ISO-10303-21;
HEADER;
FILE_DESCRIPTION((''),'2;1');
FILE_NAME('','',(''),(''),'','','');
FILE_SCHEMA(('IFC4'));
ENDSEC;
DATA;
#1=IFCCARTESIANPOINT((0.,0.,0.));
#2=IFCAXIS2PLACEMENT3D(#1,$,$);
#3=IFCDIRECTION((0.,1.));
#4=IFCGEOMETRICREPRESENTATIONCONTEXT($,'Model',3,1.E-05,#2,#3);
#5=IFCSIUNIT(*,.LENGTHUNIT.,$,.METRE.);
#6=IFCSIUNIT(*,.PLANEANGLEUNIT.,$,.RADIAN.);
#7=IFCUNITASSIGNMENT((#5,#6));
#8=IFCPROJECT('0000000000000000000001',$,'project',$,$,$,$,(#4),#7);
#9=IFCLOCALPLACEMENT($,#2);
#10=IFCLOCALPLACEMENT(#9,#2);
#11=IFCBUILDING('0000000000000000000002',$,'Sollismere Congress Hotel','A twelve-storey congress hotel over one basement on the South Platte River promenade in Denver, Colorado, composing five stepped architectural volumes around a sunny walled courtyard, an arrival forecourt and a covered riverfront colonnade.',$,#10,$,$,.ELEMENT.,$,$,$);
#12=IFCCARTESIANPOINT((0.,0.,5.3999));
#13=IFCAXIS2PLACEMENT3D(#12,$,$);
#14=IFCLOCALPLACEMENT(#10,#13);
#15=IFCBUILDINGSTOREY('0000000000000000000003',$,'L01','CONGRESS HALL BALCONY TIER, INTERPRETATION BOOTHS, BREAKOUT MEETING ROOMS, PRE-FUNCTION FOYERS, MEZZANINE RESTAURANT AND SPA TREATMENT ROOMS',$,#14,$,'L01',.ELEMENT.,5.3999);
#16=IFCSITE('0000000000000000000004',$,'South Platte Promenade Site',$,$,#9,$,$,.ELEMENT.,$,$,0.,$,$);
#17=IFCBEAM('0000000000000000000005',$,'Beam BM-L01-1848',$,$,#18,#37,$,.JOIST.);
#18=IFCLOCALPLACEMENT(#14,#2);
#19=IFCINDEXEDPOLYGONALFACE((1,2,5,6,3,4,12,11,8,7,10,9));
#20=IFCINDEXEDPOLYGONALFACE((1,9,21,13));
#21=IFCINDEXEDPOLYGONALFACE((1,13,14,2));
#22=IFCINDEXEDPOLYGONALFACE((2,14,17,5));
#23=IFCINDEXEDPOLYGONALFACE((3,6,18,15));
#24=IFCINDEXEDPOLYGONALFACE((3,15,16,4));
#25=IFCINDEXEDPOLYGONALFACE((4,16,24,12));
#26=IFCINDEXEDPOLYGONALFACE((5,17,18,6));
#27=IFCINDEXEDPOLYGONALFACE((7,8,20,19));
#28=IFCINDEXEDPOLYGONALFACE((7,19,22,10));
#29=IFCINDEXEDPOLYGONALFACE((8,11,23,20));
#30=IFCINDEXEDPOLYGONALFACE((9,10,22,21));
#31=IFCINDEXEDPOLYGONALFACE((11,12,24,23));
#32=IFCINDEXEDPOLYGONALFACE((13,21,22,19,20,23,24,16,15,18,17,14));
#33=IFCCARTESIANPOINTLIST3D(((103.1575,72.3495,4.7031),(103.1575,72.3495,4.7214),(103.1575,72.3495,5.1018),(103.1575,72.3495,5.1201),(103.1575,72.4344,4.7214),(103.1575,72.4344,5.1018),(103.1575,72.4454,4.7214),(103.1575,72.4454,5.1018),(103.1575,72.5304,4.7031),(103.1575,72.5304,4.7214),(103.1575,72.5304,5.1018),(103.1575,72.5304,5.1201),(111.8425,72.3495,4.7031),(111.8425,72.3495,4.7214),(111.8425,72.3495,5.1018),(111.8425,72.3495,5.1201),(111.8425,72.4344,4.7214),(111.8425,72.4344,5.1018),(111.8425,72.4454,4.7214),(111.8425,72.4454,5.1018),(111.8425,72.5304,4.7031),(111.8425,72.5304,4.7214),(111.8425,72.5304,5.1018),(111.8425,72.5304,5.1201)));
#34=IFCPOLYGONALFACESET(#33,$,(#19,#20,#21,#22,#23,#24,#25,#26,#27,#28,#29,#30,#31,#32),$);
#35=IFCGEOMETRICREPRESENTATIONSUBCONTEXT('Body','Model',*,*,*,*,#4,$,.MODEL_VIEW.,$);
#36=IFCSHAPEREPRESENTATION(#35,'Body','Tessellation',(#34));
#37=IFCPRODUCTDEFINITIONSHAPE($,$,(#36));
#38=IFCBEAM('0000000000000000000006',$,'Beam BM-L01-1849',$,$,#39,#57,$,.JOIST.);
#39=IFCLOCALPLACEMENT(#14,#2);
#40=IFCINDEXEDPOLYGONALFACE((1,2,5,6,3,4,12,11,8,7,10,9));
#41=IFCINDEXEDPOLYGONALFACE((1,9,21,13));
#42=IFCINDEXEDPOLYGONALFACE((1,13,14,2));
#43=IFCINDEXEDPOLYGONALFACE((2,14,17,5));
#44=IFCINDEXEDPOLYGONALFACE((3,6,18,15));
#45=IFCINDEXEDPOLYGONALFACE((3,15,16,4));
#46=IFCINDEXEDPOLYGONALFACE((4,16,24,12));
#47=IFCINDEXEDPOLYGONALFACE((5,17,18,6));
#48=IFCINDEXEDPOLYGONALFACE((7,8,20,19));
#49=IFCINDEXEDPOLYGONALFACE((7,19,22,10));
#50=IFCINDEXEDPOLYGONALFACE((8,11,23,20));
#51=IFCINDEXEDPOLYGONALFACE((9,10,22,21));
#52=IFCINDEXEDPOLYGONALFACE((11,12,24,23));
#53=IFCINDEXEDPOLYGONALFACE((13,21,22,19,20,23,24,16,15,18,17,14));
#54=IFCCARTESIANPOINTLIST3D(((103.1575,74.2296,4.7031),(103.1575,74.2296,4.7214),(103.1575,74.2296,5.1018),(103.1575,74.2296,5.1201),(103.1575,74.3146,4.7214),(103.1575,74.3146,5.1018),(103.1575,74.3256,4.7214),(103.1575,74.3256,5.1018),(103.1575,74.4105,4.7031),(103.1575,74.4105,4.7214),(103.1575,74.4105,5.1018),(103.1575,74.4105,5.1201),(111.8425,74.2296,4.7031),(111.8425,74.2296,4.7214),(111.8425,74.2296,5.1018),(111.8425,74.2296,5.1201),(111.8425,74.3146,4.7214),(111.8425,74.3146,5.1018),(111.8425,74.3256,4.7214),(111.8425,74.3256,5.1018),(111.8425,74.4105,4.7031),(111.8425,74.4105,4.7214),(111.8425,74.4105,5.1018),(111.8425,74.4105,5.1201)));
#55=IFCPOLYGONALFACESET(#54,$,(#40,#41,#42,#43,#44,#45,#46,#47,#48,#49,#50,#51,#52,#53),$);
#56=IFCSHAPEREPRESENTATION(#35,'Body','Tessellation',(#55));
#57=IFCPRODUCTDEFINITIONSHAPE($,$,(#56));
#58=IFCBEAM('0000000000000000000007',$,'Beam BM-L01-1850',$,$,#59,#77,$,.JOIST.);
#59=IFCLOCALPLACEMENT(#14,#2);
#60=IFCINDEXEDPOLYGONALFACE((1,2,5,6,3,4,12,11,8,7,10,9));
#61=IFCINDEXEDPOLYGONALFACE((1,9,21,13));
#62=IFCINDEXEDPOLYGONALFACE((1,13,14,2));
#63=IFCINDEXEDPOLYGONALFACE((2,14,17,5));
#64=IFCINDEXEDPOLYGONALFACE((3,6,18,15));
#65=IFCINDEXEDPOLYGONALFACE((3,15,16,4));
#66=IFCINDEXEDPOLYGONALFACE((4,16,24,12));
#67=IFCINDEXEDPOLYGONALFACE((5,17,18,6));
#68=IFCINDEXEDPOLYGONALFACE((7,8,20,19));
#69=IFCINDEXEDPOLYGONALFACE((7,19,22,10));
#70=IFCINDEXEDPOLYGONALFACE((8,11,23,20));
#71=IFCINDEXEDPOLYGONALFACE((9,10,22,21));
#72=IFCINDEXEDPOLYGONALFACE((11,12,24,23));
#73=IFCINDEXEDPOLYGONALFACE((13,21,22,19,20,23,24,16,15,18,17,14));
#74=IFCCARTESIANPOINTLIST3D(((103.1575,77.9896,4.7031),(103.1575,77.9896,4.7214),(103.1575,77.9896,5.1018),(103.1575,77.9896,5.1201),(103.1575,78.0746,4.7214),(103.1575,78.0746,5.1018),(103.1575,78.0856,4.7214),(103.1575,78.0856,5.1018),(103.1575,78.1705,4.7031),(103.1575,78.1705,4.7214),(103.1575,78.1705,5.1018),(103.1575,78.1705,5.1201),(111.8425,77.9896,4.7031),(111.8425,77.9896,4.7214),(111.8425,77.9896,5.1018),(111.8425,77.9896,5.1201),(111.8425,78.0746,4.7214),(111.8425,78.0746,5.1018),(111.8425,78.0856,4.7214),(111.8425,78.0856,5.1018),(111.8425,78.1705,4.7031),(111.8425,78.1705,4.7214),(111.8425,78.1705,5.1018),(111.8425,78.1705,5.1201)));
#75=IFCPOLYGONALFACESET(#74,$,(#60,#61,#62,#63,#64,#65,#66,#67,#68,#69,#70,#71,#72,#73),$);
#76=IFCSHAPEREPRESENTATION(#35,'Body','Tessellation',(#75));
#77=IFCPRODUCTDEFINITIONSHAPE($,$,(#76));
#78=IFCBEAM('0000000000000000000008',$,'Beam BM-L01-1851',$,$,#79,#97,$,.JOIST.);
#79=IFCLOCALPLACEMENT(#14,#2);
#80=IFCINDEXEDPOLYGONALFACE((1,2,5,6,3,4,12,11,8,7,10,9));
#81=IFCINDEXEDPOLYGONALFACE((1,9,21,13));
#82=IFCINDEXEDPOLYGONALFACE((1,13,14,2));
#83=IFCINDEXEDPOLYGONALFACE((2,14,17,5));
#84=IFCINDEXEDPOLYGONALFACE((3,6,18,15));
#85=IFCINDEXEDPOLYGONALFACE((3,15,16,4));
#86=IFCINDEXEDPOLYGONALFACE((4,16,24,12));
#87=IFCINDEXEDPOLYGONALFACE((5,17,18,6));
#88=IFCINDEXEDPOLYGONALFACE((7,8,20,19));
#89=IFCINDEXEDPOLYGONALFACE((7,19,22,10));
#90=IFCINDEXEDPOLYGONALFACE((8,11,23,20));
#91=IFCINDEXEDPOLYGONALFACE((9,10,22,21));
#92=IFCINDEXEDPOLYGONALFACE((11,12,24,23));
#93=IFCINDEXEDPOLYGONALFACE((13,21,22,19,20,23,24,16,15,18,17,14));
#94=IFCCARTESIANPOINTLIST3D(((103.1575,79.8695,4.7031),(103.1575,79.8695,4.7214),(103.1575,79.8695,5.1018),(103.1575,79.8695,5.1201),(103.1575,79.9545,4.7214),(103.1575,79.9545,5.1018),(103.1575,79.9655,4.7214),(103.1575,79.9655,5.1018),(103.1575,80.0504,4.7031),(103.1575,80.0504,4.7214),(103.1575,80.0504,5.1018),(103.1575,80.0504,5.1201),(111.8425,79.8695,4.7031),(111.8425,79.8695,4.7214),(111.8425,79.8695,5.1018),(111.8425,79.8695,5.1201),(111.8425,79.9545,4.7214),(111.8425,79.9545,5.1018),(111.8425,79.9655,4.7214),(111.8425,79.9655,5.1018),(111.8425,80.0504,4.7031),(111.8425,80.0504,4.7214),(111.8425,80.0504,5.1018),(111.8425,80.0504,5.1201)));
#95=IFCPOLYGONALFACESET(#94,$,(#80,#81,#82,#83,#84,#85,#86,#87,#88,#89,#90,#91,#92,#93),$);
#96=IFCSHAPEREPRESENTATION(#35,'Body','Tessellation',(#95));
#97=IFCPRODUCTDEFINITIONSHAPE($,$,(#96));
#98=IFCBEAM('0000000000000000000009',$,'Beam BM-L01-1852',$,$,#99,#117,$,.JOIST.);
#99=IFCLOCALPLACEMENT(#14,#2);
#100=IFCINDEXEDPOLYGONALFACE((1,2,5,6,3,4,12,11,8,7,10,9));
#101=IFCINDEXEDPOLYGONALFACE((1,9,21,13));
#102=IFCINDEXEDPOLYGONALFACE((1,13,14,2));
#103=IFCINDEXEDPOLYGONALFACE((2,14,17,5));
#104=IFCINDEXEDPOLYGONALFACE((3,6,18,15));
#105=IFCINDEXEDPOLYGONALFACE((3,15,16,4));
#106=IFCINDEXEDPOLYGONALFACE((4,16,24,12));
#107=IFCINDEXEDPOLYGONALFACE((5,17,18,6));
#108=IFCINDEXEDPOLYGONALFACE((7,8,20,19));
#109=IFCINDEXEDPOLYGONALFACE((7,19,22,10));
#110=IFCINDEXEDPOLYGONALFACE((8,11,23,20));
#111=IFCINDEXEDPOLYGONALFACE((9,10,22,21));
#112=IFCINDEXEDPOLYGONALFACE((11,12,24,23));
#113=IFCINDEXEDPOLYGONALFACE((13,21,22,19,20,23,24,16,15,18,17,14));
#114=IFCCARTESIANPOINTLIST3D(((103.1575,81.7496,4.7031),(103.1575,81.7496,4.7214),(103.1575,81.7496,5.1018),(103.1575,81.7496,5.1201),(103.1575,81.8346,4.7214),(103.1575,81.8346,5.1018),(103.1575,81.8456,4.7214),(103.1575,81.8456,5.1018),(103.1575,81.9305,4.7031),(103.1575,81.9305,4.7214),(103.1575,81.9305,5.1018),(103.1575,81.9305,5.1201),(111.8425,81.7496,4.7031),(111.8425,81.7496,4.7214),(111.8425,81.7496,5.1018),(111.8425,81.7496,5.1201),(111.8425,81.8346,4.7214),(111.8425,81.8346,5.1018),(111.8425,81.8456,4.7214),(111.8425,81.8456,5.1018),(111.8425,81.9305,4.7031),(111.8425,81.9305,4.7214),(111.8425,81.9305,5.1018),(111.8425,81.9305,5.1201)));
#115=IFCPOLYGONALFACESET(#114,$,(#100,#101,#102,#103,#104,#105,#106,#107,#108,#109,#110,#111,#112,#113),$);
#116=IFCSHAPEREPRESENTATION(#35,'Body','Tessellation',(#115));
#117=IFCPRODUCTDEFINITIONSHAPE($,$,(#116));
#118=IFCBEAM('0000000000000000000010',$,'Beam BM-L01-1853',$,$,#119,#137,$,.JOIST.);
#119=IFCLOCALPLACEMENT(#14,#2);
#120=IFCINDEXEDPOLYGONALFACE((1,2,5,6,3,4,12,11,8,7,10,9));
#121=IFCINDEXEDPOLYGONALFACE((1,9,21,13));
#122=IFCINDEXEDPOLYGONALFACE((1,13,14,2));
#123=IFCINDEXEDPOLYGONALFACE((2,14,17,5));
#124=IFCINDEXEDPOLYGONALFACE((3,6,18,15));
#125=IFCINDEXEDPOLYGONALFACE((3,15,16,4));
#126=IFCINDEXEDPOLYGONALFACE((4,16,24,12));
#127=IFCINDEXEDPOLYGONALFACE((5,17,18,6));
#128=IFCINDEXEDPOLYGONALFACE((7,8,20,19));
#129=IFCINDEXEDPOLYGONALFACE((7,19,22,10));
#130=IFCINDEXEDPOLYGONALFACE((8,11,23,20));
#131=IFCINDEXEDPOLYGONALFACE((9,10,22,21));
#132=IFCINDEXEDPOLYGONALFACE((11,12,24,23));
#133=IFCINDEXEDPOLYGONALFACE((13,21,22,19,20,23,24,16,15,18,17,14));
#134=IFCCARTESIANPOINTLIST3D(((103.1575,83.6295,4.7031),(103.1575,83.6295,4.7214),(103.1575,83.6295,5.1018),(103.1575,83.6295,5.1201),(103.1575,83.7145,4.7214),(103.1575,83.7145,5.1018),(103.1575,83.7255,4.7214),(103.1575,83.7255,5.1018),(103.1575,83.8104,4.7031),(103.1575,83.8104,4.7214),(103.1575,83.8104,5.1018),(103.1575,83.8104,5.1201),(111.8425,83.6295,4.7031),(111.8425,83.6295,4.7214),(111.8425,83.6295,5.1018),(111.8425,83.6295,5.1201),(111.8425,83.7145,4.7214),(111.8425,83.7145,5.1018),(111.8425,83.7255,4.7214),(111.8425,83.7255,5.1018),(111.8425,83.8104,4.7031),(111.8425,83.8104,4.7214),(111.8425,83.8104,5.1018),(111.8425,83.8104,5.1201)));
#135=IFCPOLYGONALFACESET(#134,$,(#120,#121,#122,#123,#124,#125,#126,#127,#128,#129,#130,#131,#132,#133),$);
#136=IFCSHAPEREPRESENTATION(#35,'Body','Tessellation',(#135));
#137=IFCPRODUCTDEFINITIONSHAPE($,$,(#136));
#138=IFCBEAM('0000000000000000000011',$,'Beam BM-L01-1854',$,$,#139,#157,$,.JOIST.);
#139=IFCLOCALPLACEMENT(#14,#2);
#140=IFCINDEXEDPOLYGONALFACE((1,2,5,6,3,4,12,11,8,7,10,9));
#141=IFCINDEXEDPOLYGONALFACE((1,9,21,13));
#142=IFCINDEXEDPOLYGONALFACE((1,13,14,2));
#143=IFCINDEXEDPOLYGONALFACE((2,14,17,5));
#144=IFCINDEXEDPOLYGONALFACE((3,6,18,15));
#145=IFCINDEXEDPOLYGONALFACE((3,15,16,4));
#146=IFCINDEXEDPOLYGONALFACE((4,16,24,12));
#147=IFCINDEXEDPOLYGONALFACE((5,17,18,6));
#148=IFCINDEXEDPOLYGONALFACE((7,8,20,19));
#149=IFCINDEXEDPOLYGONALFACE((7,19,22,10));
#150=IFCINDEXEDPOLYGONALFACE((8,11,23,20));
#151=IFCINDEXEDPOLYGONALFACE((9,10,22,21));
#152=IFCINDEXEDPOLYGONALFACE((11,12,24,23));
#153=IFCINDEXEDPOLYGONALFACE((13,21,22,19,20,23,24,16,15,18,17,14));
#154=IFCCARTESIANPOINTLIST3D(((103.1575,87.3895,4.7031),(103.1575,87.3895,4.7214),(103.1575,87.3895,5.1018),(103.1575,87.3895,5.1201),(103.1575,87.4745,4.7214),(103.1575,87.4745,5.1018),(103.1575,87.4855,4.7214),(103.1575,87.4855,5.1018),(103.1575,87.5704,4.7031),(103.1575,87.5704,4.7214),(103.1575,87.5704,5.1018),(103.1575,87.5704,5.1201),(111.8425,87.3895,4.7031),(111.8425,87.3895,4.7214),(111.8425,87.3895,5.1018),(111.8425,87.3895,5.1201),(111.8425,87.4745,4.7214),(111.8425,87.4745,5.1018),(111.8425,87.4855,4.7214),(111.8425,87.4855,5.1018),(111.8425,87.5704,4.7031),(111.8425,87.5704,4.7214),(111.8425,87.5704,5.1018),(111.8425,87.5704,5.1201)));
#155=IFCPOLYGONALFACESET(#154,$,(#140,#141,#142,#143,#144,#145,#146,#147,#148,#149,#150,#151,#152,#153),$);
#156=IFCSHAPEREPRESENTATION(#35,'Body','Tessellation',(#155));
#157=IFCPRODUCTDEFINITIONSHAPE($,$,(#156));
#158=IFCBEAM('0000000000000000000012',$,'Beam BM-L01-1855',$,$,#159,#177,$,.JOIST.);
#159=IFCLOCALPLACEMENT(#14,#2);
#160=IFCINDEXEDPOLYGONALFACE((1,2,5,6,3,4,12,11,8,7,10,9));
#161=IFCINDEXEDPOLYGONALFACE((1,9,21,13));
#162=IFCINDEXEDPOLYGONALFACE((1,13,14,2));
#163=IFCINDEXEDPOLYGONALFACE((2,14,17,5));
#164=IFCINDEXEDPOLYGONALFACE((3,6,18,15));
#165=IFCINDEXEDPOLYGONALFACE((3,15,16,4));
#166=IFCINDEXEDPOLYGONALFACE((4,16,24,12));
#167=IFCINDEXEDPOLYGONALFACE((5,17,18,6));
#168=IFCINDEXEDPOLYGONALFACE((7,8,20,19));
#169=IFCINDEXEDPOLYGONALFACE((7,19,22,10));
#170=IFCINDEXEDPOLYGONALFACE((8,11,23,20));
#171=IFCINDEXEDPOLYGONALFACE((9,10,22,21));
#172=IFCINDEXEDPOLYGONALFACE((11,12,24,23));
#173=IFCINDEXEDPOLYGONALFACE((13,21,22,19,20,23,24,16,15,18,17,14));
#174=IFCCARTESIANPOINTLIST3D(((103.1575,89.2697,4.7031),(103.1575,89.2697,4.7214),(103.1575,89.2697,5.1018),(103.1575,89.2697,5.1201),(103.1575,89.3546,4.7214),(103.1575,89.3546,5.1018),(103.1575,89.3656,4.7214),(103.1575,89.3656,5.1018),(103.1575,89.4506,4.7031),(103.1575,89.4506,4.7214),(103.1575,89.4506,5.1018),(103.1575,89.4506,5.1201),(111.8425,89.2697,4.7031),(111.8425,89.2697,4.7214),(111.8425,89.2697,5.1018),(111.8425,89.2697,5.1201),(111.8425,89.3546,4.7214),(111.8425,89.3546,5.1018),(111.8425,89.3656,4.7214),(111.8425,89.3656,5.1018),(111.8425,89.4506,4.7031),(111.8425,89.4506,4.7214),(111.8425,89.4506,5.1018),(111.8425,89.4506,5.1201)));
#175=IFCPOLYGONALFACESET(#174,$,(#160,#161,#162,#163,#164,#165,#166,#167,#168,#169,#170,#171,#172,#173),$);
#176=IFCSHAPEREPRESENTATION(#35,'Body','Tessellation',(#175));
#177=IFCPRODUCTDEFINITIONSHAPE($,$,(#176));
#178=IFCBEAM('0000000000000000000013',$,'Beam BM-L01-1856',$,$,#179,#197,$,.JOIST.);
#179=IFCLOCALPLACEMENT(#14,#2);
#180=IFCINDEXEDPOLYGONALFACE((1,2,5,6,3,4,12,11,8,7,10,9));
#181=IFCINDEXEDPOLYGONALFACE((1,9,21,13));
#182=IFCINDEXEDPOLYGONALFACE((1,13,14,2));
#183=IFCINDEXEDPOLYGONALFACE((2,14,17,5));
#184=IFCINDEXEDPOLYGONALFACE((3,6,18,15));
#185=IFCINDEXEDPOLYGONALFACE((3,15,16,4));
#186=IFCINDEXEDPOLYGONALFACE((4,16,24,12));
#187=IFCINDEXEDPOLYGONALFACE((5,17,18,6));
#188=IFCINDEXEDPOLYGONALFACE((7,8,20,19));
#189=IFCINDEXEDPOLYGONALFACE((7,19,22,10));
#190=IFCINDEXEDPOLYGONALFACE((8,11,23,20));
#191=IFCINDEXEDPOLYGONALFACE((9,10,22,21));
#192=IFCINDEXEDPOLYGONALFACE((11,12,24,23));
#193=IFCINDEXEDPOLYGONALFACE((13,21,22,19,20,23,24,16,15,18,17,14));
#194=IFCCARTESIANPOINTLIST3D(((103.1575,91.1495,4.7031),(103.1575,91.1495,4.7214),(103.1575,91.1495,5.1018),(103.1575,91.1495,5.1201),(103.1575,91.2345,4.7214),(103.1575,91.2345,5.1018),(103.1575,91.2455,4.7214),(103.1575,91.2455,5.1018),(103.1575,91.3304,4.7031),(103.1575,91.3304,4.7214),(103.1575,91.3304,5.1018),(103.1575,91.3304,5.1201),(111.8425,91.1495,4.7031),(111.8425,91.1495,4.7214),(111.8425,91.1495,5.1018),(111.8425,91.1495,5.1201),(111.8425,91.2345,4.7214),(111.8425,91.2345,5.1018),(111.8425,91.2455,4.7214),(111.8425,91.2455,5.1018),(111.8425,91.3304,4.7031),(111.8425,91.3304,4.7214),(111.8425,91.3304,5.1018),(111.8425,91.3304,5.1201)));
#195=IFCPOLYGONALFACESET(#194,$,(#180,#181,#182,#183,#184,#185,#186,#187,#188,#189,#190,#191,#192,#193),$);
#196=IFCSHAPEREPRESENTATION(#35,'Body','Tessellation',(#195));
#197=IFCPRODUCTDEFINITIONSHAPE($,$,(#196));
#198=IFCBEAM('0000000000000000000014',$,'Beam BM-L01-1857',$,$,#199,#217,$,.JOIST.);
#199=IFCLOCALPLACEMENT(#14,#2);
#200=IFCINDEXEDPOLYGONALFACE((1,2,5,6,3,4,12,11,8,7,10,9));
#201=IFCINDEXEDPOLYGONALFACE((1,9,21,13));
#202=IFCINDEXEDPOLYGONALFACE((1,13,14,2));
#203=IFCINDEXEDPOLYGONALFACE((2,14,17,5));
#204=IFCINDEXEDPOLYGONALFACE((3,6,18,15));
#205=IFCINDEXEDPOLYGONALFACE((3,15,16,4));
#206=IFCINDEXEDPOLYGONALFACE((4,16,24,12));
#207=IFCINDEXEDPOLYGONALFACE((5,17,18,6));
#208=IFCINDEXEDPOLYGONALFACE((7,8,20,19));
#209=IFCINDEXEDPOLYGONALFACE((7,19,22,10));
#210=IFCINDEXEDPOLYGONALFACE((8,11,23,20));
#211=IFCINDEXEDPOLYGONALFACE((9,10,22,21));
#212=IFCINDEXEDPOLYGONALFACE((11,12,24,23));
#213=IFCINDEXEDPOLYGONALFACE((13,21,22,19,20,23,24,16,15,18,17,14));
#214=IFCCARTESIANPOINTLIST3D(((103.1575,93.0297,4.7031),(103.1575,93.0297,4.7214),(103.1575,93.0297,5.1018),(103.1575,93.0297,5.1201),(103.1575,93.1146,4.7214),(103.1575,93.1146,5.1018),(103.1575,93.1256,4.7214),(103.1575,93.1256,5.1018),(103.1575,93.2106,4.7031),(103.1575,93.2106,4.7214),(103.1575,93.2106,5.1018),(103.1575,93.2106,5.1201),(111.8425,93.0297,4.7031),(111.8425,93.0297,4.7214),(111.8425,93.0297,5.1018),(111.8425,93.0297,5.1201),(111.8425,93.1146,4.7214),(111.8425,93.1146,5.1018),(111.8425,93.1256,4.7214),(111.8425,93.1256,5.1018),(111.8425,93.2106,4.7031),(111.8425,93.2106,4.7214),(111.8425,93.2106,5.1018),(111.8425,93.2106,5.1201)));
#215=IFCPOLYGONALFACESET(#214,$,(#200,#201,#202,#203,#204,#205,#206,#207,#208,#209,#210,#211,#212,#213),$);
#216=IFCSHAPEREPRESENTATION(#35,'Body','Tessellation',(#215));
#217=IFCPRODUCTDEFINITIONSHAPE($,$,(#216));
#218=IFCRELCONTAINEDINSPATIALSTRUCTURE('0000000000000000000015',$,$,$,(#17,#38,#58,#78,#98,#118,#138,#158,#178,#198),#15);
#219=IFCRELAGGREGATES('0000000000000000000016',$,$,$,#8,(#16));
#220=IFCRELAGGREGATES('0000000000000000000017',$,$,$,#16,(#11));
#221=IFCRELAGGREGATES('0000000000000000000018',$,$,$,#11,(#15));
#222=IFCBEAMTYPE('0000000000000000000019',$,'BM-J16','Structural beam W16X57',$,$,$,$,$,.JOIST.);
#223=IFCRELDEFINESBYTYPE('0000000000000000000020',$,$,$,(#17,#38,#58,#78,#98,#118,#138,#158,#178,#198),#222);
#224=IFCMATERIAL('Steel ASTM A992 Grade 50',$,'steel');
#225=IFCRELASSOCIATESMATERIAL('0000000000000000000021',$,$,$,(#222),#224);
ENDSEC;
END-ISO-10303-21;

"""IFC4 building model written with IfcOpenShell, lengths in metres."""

from ifc_helpers import new_model, si_unit, direction, frame, origin, origin_2d, place, context, subcontext, project, spatial, i_section, extrude, material, material_profile, profile_set, type_object, element, save


model = new_model("IFC4")

# Units and contexts
model_context = context("Model", 3, precision=1e-05, world=origin(), true_north=direction((0.0, 1.0)))
body_context = subcontext(model_context, "Body", "Model", "MODEL_VIEW")
ifc_project = project(units=[si_unit("LENGTHUNIT", "METRE"), si_unit("PLANEANGLEUNIT", "RADIAN")], contexts=[model_context])

# Site, building, storey
site_placement = place(None, origin())
site = spatial("IfcSite", under=ifc_project, at=site_placement, Name="South Platte Promenade Site", CompositionType="ELEMENT", RefElevation=0.0)
building_placement = place(site_placement, origin())
building = spatial("IfcBuilding", under=site, at=building_placement, Name="Sollismere Congress Hotel", Description="A twelve-storey congress hotel over one basement on the South Platte River promenade in Denver, Colorado, composing five stepped architectural volumes around a sunny walled courtyard, an arrival forecourt and a covered riverfront colonnade.", CompositionType="ELEMENT")
storey_placement = place(building_placement, frame((0.0, 0.0, 5.3999)))
storey = spatial("IfcBuildingStorey", under=building, at=storey_placement, Name="L01", Description="CONGRESS HALL BALCONY TIER, INTERPRETATION BOOTHS, BREAKOUT MEETING ROOMS, PRE-FUNCTION FOYERS, MEZZANINE RESTAURANT AND SPA TREATMENT ROOMS", LongName="L01", CompositionType="ELEMENT", Elevation=5.3999)

# Shared definitions
ifc_material_1 = material(Name="Steel ASTM A992 Grade 50", Category="steel")

# Beams
ifc_material_profile_1 = material_profile(ifc_material_1, i_section(OverallWidth=0.1809, OverallDepth=0.417, WebThickness=0.011, FlangeThickness=0.0183, at=origin_2d()), Name="W16X57")
ifc_profile_set_1 = profile_set([ifc_material_profile_1], Name="Steel ASTM A992 Grade 50")
beam_type_1 = type_object("IfcBeamType", Name="BM-J16", Description="Structural beam W16X57", PredefinedType="JOIST", material=ifc_profile_set_1)
for number, where, z_axis, x_axis, name in (
    (1, (103.1575, 72.4399, 4.9116), (1.0, 0.0, 0.0), (0.0, 1.0, 0.0), "Beam BM-L01-1848"),
    (2, (103.1575, 74.3201, 4.9116), (1.0, 0.0, 0.0), (0.0, 1.0, 0.0), "Beam BM-L01-1849"),
    (3, (103.1575, 78.0801, 4.9116), (1.0, 0.0, 0.0), (0.0, 1.0, 0.0), "Beam BM-L01-1850"),
    (4, (103.1575, 79.96, 4.9116), (1.0, 0.0, 0.0), (0.0, 1.0, 0.0), "Beam BM-L01-1851"),
    (5, (103.1575, 81.8401, 4.9116), (1.0, 0.0, 0.0), (0.0, 1.0, 0.0), "Beam BM-L01-1852"),
    (6, (103.1575, 83.72, 4.9116), (1.0, 0.0, 0.0), (0.0, 1.0, 0.0), "Beam BM-L01-1853"),
    (7, (103.1575, 87.48, 4.9116), (1.0, 0.0, 0.0), (0.0, 1.0, 0.0), "Beam BM-L01-1854"),
    (8, (103.1575, 89.3601, 4.9116), (1.0, 0.0, 0.0), (0.0, 1.0, 0.0), "Beam BM-L01-1855"),
    (9, (103.1575, 91.24, 4.9116), (1.0, 0.0, 0.0), (0.0, 1.0, 0.0), "Beam BM-L01-1856"),
    (10, (103.1575, 93.1201, 4.9116), (1.0, 0.0, 0.0), (0.0, 1.0, 0.0), "Beam BM-L01-1857"),
):
    element("IfcBeam", number, at=place(storey_placement, frame(where, z_axis=z_axis, x_axis=x_axis)), inside=storey, type_object=beam_type_1, Name=name, PredefinedType="JOIST", context=body_context, shape_type="SweptSolid", body=[
        extrude(i_section(OverallWidth=0.1809, OverallDepth=0.417, WebThickness=0.011, FlangeThickness=0.0183, at=origin_2d()), origin(), (0.0, 0.0, 1.0), 8.6851),
    ])

save(model, "model.ifc")
